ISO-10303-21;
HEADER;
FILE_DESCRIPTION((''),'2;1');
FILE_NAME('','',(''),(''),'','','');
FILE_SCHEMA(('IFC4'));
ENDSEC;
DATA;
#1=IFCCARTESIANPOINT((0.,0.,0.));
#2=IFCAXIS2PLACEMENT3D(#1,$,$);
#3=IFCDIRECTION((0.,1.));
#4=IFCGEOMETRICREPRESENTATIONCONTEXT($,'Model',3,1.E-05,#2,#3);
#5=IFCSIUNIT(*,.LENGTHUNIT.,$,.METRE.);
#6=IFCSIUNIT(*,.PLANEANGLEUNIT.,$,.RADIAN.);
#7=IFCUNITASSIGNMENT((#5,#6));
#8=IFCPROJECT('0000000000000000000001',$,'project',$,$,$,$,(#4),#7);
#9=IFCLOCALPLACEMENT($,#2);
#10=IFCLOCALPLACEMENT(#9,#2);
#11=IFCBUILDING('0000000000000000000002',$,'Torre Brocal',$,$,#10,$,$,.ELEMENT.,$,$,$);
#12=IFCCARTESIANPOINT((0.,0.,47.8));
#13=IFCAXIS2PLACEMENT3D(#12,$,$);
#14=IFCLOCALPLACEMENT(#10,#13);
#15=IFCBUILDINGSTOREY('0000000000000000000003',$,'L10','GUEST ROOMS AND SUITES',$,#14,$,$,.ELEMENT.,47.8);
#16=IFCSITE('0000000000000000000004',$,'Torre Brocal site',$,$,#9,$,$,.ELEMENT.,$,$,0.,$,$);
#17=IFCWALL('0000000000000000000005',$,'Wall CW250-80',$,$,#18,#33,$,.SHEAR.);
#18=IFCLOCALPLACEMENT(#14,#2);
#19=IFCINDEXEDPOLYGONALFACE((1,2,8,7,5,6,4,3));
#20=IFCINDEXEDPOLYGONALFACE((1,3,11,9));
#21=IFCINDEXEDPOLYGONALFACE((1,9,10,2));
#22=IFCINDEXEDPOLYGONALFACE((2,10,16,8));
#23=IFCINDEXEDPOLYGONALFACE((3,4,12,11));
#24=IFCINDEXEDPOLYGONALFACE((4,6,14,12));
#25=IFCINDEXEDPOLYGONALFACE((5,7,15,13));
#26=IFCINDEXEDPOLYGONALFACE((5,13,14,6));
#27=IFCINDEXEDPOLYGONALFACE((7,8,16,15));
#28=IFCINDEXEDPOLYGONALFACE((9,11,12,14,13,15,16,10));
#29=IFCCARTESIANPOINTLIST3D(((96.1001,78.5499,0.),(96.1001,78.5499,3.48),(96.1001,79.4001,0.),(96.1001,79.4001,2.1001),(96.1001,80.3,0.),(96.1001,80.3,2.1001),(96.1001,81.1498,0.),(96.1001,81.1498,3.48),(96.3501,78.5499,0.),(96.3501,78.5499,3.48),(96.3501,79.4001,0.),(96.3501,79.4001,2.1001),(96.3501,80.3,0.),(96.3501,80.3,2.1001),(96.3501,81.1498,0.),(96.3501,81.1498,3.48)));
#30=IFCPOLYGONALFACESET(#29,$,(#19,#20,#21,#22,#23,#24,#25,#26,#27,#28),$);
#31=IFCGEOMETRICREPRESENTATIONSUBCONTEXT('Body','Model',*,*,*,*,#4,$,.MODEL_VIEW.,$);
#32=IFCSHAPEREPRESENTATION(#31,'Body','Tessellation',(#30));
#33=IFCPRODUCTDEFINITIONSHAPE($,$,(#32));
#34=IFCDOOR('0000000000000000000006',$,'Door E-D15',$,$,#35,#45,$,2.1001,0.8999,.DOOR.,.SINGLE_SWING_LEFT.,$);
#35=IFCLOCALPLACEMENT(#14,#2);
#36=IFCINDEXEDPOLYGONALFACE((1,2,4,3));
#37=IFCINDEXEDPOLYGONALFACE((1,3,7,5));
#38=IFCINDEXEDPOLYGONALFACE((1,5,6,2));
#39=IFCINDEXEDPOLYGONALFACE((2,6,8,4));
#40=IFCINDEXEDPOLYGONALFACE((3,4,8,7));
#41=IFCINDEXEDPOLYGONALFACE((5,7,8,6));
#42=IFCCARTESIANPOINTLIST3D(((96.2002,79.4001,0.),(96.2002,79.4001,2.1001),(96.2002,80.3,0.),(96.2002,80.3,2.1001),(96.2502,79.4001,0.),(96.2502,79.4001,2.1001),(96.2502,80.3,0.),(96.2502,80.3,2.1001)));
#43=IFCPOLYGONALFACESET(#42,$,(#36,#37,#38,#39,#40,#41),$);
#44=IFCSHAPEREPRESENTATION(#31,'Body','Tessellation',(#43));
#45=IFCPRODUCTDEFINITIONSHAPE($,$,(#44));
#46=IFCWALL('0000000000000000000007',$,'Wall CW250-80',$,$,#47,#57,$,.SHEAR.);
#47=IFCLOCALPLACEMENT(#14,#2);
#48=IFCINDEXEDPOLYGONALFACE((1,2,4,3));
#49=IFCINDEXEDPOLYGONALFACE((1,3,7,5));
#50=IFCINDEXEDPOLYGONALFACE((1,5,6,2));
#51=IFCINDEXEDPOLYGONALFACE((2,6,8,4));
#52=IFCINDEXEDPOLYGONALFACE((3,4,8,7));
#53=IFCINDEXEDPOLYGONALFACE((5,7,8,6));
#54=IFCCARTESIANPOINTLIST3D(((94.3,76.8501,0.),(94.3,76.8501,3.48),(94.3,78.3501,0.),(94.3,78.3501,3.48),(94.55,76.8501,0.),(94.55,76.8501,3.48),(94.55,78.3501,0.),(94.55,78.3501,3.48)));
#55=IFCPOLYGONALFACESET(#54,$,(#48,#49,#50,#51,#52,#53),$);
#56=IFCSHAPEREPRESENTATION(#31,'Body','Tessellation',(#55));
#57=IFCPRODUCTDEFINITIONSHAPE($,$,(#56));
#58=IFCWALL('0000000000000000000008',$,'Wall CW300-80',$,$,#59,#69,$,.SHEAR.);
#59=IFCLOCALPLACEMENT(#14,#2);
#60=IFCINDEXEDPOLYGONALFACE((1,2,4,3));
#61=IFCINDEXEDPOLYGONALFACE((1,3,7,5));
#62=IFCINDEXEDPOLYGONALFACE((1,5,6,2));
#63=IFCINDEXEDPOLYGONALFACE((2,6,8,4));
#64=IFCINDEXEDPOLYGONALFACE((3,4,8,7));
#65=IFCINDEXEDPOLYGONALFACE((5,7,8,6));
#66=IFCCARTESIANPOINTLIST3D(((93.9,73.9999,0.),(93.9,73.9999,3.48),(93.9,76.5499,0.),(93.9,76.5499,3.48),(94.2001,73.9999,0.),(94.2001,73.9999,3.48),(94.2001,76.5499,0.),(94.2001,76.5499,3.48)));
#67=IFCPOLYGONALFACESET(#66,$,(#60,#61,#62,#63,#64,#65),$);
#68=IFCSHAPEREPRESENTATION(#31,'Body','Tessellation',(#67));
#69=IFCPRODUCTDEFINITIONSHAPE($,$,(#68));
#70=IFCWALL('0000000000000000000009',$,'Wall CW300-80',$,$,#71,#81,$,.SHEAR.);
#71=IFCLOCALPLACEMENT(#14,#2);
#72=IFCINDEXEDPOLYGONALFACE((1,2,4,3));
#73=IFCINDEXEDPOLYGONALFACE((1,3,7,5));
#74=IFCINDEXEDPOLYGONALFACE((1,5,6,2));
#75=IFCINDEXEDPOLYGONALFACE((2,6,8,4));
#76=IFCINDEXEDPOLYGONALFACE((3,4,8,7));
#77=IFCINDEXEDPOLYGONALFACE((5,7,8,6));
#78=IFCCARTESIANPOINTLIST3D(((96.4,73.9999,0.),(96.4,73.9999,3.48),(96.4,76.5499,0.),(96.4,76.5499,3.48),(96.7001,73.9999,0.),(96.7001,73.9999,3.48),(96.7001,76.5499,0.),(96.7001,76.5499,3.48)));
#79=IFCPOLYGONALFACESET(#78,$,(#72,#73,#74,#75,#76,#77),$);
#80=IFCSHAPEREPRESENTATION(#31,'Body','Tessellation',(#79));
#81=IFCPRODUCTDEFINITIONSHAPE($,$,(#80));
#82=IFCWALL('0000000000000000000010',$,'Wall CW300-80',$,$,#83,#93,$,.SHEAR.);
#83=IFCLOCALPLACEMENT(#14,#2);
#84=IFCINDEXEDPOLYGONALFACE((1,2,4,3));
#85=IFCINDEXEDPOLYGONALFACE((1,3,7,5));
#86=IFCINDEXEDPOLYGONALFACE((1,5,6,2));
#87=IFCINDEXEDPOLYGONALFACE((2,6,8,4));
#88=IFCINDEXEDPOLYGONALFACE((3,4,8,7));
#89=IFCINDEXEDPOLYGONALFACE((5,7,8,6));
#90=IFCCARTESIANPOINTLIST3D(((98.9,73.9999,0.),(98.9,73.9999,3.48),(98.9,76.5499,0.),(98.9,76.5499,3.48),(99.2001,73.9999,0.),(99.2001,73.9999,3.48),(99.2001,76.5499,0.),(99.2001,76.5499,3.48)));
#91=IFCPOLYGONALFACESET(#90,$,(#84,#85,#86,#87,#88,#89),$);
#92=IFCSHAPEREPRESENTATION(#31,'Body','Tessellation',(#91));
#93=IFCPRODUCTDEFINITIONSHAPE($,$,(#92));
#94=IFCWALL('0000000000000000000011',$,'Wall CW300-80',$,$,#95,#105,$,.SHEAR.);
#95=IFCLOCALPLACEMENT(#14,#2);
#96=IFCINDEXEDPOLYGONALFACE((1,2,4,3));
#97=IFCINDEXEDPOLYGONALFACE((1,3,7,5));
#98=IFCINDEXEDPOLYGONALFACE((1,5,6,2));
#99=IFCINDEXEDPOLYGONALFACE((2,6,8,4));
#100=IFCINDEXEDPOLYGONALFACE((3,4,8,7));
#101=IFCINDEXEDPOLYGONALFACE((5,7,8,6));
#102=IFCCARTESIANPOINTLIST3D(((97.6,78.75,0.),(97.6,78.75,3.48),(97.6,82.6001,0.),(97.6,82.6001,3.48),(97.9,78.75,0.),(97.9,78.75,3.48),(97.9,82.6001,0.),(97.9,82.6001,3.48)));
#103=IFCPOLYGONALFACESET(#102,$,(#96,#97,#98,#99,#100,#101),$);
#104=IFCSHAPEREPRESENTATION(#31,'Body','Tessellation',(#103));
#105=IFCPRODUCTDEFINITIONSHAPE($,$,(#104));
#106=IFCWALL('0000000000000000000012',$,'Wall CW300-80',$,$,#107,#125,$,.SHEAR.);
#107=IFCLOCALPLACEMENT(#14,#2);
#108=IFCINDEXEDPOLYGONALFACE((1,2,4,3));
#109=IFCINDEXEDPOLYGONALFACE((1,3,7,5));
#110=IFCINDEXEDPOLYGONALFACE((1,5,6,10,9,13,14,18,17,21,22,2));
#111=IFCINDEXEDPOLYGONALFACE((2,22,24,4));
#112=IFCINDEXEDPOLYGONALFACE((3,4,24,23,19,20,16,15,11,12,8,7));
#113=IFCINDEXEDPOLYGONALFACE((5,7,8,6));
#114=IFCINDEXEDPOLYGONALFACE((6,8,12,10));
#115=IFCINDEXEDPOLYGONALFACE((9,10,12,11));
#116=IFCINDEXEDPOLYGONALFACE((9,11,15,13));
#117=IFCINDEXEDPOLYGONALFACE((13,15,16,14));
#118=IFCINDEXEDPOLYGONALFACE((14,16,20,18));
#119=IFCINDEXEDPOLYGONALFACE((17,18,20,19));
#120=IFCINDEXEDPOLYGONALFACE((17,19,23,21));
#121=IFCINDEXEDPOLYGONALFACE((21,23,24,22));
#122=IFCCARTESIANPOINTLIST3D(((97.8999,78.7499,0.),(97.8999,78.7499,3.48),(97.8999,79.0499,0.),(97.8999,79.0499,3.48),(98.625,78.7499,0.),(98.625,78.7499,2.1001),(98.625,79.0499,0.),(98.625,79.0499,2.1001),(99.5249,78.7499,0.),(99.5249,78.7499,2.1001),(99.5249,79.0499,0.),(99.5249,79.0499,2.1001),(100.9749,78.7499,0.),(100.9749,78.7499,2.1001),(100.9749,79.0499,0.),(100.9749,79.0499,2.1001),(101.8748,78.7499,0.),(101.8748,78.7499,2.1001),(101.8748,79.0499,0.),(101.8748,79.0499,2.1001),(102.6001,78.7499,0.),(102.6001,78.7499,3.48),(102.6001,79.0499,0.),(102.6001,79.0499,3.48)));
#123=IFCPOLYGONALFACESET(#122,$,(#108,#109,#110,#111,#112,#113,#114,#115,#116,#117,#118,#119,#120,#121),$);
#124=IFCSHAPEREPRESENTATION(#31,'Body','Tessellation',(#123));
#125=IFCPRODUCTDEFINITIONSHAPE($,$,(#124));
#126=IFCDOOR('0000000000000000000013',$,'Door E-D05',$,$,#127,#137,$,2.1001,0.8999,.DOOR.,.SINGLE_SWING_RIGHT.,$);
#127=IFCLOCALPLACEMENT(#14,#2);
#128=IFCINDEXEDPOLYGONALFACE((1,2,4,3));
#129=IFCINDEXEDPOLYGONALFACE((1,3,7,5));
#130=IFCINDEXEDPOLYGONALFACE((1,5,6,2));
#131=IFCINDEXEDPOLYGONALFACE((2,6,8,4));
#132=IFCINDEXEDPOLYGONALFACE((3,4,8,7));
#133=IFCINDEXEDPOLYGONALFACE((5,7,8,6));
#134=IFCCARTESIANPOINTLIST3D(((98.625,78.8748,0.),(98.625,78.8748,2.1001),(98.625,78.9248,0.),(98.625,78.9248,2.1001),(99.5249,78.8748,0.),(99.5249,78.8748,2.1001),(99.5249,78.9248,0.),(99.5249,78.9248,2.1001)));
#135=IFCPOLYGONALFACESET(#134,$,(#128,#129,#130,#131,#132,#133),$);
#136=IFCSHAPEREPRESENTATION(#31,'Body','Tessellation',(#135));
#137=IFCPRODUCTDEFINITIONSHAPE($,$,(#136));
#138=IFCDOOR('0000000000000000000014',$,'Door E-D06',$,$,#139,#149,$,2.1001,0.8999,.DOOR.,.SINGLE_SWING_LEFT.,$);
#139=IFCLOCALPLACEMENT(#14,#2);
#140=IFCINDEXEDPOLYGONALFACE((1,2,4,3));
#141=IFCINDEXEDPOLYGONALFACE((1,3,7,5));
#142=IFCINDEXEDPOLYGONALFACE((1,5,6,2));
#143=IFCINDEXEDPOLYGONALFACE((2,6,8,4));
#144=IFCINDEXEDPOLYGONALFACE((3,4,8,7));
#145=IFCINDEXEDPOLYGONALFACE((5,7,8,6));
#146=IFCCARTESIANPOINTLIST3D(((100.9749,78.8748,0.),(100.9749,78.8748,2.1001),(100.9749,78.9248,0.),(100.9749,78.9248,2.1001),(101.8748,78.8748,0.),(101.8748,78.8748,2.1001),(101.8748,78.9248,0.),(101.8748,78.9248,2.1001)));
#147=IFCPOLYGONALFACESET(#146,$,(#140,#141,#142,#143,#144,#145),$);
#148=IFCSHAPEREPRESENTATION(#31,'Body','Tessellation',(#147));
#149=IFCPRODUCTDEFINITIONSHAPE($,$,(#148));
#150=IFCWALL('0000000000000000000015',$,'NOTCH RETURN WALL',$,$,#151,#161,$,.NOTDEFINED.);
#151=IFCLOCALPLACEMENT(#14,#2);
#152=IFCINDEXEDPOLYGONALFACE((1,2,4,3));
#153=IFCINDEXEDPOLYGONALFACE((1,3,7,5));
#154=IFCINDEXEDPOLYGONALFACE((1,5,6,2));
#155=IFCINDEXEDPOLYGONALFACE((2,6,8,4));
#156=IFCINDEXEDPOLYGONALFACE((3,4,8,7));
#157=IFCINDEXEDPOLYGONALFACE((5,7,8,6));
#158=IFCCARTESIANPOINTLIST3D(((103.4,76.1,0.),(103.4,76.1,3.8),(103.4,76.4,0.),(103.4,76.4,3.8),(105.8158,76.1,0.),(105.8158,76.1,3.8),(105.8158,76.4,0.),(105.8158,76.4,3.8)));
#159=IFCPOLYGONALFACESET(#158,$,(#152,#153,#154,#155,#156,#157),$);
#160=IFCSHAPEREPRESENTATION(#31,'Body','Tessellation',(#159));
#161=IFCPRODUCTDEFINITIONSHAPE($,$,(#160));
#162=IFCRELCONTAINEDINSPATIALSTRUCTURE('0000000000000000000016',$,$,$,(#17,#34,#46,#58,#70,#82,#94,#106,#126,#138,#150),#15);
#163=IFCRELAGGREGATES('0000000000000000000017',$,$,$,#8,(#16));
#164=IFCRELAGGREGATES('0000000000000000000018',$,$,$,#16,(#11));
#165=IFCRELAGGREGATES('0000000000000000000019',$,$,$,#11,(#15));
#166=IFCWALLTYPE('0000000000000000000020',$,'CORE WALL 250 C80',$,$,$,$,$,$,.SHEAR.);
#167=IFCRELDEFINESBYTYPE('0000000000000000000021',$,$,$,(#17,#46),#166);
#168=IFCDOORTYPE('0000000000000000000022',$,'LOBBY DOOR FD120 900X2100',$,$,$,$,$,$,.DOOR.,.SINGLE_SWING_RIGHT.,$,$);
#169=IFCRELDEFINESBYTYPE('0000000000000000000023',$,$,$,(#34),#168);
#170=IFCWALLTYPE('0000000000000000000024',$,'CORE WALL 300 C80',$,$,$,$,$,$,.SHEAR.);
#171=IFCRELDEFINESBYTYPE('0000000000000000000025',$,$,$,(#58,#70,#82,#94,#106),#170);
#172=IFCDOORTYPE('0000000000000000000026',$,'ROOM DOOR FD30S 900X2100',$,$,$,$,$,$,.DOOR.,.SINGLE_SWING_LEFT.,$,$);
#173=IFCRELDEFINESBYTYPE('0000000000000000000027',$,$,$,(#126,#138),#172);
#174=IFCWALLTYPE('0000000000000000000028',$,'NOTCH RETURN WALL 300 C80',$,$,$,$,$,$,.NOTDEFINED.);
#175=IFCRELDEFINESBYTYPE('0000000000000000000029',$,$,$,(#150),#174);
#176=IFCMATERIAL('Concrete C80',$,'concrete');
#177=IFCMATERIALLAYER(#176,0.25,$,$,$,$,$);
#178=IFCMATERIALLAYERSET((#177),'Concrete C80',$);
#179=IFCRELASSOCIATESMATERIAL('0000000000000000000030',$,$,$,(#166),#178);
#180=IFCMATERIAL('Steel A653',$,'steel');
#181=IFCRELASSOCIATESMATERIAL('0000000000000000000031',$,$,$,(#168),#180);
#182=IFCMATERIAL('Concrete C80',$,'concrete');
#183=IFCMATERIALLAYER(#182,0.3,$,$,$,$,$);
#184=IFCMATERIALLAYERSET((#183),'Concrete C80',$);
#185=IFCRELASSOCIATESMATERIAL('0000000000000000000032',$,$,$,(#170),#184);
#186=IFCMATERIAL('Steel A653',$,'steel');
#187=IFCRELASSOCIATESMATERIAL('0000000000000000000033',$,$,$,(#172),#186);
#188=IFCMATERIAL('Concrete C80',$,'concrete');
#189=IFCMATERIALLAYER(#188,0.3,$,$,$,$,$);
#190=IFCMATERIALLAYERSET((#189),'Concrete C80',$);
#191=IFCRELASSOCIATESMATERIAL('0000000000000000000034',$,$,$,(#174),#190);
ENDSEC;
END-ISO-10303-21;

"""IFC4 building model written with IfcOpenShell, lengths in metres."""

from ifc_helpers import new_model, si_unit, direction, frame, frame_2d, origin, place, context, subcontext, project, spatial, rectangle, extrude, material, layer, layer_set, type_object, element, fill, save


model = new_model("IFC4")

# Units and contexts
model_context = context("Model", 3, precision=1e-05, world=origin(), true_north=direction((0.0, 1.0)))
body_context = subcontext(model_context, "Body", "Model", "MODEL_VIEW")
ifc_project = project(units=[si_unit("LENGTHUNIT", "METRE"), si_unit("PLANEANGLEUNIT", "RADIAN")], contexts=[model_context])

# Site, building, storey
site_placement = place(None, origin())
site = spatial("IfcSite", under=ifc_project, at=site_placement, Name="Torre Brocal site", CompositionType="ELEMENT", RefElevation=0.0)
building_placement = place(site_placement, origin())
building = spatial("IfcBuilding", under=site, at=building_placement, Name="Torre Brocal", CompositionType="ELEMENT")
storey_placement = place(building_placement, frame((0.0, 0.0, 47.8)))
storey = spatial("IfcBuildingStorey", under=building, at=storey_placement, Name="L10", Description="GUEST ROOMS AND SUITES", CompositionType="ELEMENT", Elevation=47.8)

# Wall, opening, door
ifc_material_1 = material(Name="Concrete C80", Category="concrete")
ifc_layer_1 = layer(ifc_material_1, 0.25)
ifc_layer_set_1 = layer_set([ifc_layer_1], Name="Concrete C80")
wall_type_1 = type_object("IfcWallType", Name="CORE WALL 250 C80", PredefinedType="SHEAR", material=ifc_layer_set_1)
wall_1_placement = place(storey_placement, frame((96.2251, 78.55, 0.0), z_axis=(0.0, 0.0, 1.0), x_axis=(0.0, 1.0, 0.0)))
wall_1 = element("IfcWall", 1, at=wall_1_placement, inside=storey, type_object=wall_type_1, Name="Wall CW250-80", PredefinedType="SHEAR", context=body_context, shape_type="SweptSolid", body=[
    extrude(rectangle(XDim=2.5999, YDim=0.25, at=frame_2d((1.2998, 0.0))), origin(), (0.0, 0.0, 1.0), 3.48),
])
opening_1_placement = place(wall_1_placement, frame((0.8501, 0.0, 0.0)))
opening_1 = element("IfcOpeningElement", 2, at=opening_1_placement, cuts=wall_1, PredefinedType="OPENING", context=body_context, shape_type="SweptSolid", body=[
    extrude(rectangle(XDim=0.8999, YDim=2.1001, at=frame_2d((0.45, 1.05))), frame((0.0, 0.135, 0.0), z_axis=(0.0, -1.0, 0.0), x_axis=(1.0, 0.0, 0.0)), (0.0, 0.0, 1.0), 0.27),
])
ifc_material_2 = material(Name="Steel A653", Category="steel")
door_type_1 = type_object("IfcDoorType", Name="LOBBY DOOR FD120 900X2100", OperationType="SINGLE_SWING_RIGHT", PredefinedType="DOOR", material=ifc_material_2)
door_1_placement = place(opening_1_placement, origin())
door_1 = element("IfcDoor", 3, at=door_1_placement, inside=storey, type_object=door_type_1, Name="Door E-D15", OperationType="SINGLE_SWING_LEFT", OverallHeight=2.1001, OverallWidth=0.8999, PredefinedType="DOOR", context=body_context, shape_type="SweptSolid", body=[
    extrude(rectangle(XDim=0.8999, YDim=2.1001, at=frame_2d((0.45, 1.05))), frame((0.0, 0.0249, 0.0), z_axis=(0.0, -1.0, 0.0), x_axis=(1.0, 0.0, 0.0)), (0.0, 0.0, 1.0), 0.05),
])
fill(opening_1, door_1)

# Walls
wall_2_placement = place(storey_placement, frame((94.425, 76.8501, 0.0), z_axis=(0.0, 0.0, 1.0), x_axis=(0.0, 1.0, 0.0)))
element("IfcWall", 4, at=wall_2_placement, inside=storey, type_object=wall_type_1, Name="Wall CW250-80", PredefinedType="SHEAR", context=body_context, shape_type="SweptSolid", body=[
    extrude(rectangle(XDim=1.5, YDim=0.25, at=frame_2d((0.75, 0.0))), origin(), (0.0, 0.0, 1.0), 3.48),
])
ifc_material_3 = material(Name="Concrete C80", Category="concrete")
ifc_layer_2 = layer(ifc_material_3, 0.3)
ifc_layer_set_2 = layer_set([ifc_layer_2], Name="Concrete C80")
wall_type_2 = type_object("IfcWallType", Name="CORE WALL 300 C80", PredefinedType="SHEAR", material=ifc_layer_set_2)
for number, where, z_axis, x_axis, name in (
    (5, (94.05, 74.0, 0.0), (0.0, 0.0, 1.0), (0.0, 1.0, 0.0), "Wall CW300-80"),
    (6, (96.55, 74.0, 0.0), (0.0, 0.0, 1.0), (0.0, 1.0, 0.0), "Wall CW300-80"),
    (7, (99.05, 74.0, 0.0), (0.0, 0.0, 1.0), (0.0, 1.0, 0.0), "Wall CW300-80"),
):
    element("IfcWall", number, at=place(storey_placement, frame(where, z_axis=z_axis, x_axis=x_axis)), inside=storey, type_object=wall_type_2, Name=name, PredefinedType="SHEAR", context=body_context, shape_type="SweptSolid", body=[
        extrude(rectangle(XDim=2.55, YDim=0.3, at=frame_2d((1.2749, 0.0))), origin(), (0.0, 0.0, 1.0), 3.48),
    ])
wall_3_placement = place(storey_placement, frame((97.75, 78.75, 0.0), z_axis=(0.0, 0.0, 1.0), x_axis=(0.0, 1.0, 0.0)))
element("IfcWall", 8, at=wall_3_placement, inside=storey, type_object=wall_type_2, Name="Wall CW300-80", PredefinedType="SHEAR", context=body_context, shape_type="SweptSolid", body=[
    extrude(rectangle(XDim=3.8501, YDim=0.3, at=frame_2d((1.925, 0.0))), origin(), (0.0, 0.0, 1.0), 3.48),
])

# Wall, openings, doors
wall_4_placement = place(storey_placement, frame((97.8999, 78.8999, 0.0), z_axis=(0.0, 0.0, 1.0), x_axis=(1.0, 0.0, 0.0)))
wall_4 = element("IfcWall", 9, at=wall_4_placement, inside=storey, type_object=wall_type_2, Name="Wall CW300-80", PredefinedType="SHEAR", context=body_context, shape_type="SweptSolid", body=[
    extrude(rectangle(XDim=4.7002, YDim=0.3, at=frame_2d((2.3501, 0.0))), origin(), (0.0, 0.0, 1.0), 3.48),
])
opening_2_placement = place(wall_4_placement, frame((0.7251, 0.0, 0.0)))
opening_2 = element("IfcOpeningElement", 10, at=opening_2_placement, cuts=wall_4, PredefinedType="OPENING", context=body_context, shape_type="SweptSolid", body=[
    extrude(rectangle(XDim=0.8999, YDim=2.1001, at=frame_2d((0.45, 1.05))), frame((0.0, 0.1599, 0.0), z_axis=(0.0, -1.0, 0.0), x_axis=(1.0, 0.0, 0.0)), (0.0, 0.0, 1.0), 0.3201),
])
opening_3_placement = place(wall_4_placement, frame((3.075, 0.0, 0.0)))
opening_3 = element("IfcOpeningElement", 11, at=opening_3_placement, cuts=wall_4, PredefinedType="OPENING", context=body_context, shape_type="SweptSolid", body=[
    extrude(rectangle(XDim=0.8999, YDim=2.1001, at=frame_2d((0.45, 1.05))), frame((0.0, 0.1599, 0.0), z_axis=(0.0, -1.0, 0.0), x_axis=(1.0, 0.0, 0.0)), (0.0, 0.0, 1.0), 0.3201),
])
ifc_material_4 = material(Name="Steel A653", Category="steel")
door_type_2 = type_object("IfcDoorType", Name="ROOM DOOR FD30S 900X2100", OperationType="SINGLE_SWING_LEFT", PredefinedType="DOOR", material=ifc_material_4)
door_2_placement = place(opening_2_placement, origin())
door_2 = element("IfcDoor", 12, at=door_2_placement, inside=storey, type_object=door_type_2, Name="Door E-D05", OperationType="SINGLE_SWING_RIGHT", OverallHeight=2.1001, OverallWidth=0.8999, PredefinedType="DOOR", context=body_context, shape_type="SweptSolid", body=[
    extrude(rectangle(XDim=0.8999, YDim=2.1001, at=frame_2d((0.45, 1.05))), frame((0.0, 0.0249, 0.0), z_axis=(0.0, -1.0, 0.0), x_axis=(1.0, 0.0, 0.0)), (0.0, 0.0, 1.0), 0.05),
])
fill(opening_2, door_2)
door_3_placement = place(opening_3_placement, origin())
door_3 = element("IfcDoor", 13, at=door_3_placement, inside=storey, type_object=door_type_2, Name="Door E-D06", OperationType="SINGLE_SWING_LEFT", OverallHeight=2.1001, OverallWidth=0.8999, PredefinedType="DOOR", context=body_context, shape_type="SweptSolid", body=[
    extrude(rectangle(XDim=0.8999, YDim=2.1001, at=frame_2d((0.45, 1.05))), frame((0.0, 0.0249, 0.0), z_axis=(0.0, -1.0, 0.0), x_axis=(1.0, 0.0, 0.0)), (0.0, 0.0, 1.0), 0.05),
])
fill(opening_3, door_3)

# Wall
ifc_material_5 = material(Name="Concrete C80", Category="concrete")
ifc_layer_3 = layer(ifc_material_5, 0.3)
ifc_layer_set_3 = layer_set([ifc_layer_3], Name="Concrete C80")
wall_type_3 = type_object("IfcWallType", Name="NOTCH RETURN WALL 300 C80", PredefinedType="NOTDEFINED", material=ifc_layer_set_3)
wall_5_placement = place(storey_placement, frame((103.3999, 76.25, 0.0), z_axis=(0.0, 0.0, 1.0), x_axis=(1.0, 0.0, 0.0)))
element("IfcWall", 14, at=wall_5_placement, inside=storey, type_object=wall_type_3, Name="NOTCH RETURN WALL", PredefinedType="NOTDEFINED", context=body_context, shape_type="SweptSolid", body=[
    extrude(rectangle(XDim=2.4158, YDim=0.3, at=frame_2d((1.208, 0.0))), origin(), (0.0, 0.0, 1.0), 3.8),
])

save(model, "model.ifc")
